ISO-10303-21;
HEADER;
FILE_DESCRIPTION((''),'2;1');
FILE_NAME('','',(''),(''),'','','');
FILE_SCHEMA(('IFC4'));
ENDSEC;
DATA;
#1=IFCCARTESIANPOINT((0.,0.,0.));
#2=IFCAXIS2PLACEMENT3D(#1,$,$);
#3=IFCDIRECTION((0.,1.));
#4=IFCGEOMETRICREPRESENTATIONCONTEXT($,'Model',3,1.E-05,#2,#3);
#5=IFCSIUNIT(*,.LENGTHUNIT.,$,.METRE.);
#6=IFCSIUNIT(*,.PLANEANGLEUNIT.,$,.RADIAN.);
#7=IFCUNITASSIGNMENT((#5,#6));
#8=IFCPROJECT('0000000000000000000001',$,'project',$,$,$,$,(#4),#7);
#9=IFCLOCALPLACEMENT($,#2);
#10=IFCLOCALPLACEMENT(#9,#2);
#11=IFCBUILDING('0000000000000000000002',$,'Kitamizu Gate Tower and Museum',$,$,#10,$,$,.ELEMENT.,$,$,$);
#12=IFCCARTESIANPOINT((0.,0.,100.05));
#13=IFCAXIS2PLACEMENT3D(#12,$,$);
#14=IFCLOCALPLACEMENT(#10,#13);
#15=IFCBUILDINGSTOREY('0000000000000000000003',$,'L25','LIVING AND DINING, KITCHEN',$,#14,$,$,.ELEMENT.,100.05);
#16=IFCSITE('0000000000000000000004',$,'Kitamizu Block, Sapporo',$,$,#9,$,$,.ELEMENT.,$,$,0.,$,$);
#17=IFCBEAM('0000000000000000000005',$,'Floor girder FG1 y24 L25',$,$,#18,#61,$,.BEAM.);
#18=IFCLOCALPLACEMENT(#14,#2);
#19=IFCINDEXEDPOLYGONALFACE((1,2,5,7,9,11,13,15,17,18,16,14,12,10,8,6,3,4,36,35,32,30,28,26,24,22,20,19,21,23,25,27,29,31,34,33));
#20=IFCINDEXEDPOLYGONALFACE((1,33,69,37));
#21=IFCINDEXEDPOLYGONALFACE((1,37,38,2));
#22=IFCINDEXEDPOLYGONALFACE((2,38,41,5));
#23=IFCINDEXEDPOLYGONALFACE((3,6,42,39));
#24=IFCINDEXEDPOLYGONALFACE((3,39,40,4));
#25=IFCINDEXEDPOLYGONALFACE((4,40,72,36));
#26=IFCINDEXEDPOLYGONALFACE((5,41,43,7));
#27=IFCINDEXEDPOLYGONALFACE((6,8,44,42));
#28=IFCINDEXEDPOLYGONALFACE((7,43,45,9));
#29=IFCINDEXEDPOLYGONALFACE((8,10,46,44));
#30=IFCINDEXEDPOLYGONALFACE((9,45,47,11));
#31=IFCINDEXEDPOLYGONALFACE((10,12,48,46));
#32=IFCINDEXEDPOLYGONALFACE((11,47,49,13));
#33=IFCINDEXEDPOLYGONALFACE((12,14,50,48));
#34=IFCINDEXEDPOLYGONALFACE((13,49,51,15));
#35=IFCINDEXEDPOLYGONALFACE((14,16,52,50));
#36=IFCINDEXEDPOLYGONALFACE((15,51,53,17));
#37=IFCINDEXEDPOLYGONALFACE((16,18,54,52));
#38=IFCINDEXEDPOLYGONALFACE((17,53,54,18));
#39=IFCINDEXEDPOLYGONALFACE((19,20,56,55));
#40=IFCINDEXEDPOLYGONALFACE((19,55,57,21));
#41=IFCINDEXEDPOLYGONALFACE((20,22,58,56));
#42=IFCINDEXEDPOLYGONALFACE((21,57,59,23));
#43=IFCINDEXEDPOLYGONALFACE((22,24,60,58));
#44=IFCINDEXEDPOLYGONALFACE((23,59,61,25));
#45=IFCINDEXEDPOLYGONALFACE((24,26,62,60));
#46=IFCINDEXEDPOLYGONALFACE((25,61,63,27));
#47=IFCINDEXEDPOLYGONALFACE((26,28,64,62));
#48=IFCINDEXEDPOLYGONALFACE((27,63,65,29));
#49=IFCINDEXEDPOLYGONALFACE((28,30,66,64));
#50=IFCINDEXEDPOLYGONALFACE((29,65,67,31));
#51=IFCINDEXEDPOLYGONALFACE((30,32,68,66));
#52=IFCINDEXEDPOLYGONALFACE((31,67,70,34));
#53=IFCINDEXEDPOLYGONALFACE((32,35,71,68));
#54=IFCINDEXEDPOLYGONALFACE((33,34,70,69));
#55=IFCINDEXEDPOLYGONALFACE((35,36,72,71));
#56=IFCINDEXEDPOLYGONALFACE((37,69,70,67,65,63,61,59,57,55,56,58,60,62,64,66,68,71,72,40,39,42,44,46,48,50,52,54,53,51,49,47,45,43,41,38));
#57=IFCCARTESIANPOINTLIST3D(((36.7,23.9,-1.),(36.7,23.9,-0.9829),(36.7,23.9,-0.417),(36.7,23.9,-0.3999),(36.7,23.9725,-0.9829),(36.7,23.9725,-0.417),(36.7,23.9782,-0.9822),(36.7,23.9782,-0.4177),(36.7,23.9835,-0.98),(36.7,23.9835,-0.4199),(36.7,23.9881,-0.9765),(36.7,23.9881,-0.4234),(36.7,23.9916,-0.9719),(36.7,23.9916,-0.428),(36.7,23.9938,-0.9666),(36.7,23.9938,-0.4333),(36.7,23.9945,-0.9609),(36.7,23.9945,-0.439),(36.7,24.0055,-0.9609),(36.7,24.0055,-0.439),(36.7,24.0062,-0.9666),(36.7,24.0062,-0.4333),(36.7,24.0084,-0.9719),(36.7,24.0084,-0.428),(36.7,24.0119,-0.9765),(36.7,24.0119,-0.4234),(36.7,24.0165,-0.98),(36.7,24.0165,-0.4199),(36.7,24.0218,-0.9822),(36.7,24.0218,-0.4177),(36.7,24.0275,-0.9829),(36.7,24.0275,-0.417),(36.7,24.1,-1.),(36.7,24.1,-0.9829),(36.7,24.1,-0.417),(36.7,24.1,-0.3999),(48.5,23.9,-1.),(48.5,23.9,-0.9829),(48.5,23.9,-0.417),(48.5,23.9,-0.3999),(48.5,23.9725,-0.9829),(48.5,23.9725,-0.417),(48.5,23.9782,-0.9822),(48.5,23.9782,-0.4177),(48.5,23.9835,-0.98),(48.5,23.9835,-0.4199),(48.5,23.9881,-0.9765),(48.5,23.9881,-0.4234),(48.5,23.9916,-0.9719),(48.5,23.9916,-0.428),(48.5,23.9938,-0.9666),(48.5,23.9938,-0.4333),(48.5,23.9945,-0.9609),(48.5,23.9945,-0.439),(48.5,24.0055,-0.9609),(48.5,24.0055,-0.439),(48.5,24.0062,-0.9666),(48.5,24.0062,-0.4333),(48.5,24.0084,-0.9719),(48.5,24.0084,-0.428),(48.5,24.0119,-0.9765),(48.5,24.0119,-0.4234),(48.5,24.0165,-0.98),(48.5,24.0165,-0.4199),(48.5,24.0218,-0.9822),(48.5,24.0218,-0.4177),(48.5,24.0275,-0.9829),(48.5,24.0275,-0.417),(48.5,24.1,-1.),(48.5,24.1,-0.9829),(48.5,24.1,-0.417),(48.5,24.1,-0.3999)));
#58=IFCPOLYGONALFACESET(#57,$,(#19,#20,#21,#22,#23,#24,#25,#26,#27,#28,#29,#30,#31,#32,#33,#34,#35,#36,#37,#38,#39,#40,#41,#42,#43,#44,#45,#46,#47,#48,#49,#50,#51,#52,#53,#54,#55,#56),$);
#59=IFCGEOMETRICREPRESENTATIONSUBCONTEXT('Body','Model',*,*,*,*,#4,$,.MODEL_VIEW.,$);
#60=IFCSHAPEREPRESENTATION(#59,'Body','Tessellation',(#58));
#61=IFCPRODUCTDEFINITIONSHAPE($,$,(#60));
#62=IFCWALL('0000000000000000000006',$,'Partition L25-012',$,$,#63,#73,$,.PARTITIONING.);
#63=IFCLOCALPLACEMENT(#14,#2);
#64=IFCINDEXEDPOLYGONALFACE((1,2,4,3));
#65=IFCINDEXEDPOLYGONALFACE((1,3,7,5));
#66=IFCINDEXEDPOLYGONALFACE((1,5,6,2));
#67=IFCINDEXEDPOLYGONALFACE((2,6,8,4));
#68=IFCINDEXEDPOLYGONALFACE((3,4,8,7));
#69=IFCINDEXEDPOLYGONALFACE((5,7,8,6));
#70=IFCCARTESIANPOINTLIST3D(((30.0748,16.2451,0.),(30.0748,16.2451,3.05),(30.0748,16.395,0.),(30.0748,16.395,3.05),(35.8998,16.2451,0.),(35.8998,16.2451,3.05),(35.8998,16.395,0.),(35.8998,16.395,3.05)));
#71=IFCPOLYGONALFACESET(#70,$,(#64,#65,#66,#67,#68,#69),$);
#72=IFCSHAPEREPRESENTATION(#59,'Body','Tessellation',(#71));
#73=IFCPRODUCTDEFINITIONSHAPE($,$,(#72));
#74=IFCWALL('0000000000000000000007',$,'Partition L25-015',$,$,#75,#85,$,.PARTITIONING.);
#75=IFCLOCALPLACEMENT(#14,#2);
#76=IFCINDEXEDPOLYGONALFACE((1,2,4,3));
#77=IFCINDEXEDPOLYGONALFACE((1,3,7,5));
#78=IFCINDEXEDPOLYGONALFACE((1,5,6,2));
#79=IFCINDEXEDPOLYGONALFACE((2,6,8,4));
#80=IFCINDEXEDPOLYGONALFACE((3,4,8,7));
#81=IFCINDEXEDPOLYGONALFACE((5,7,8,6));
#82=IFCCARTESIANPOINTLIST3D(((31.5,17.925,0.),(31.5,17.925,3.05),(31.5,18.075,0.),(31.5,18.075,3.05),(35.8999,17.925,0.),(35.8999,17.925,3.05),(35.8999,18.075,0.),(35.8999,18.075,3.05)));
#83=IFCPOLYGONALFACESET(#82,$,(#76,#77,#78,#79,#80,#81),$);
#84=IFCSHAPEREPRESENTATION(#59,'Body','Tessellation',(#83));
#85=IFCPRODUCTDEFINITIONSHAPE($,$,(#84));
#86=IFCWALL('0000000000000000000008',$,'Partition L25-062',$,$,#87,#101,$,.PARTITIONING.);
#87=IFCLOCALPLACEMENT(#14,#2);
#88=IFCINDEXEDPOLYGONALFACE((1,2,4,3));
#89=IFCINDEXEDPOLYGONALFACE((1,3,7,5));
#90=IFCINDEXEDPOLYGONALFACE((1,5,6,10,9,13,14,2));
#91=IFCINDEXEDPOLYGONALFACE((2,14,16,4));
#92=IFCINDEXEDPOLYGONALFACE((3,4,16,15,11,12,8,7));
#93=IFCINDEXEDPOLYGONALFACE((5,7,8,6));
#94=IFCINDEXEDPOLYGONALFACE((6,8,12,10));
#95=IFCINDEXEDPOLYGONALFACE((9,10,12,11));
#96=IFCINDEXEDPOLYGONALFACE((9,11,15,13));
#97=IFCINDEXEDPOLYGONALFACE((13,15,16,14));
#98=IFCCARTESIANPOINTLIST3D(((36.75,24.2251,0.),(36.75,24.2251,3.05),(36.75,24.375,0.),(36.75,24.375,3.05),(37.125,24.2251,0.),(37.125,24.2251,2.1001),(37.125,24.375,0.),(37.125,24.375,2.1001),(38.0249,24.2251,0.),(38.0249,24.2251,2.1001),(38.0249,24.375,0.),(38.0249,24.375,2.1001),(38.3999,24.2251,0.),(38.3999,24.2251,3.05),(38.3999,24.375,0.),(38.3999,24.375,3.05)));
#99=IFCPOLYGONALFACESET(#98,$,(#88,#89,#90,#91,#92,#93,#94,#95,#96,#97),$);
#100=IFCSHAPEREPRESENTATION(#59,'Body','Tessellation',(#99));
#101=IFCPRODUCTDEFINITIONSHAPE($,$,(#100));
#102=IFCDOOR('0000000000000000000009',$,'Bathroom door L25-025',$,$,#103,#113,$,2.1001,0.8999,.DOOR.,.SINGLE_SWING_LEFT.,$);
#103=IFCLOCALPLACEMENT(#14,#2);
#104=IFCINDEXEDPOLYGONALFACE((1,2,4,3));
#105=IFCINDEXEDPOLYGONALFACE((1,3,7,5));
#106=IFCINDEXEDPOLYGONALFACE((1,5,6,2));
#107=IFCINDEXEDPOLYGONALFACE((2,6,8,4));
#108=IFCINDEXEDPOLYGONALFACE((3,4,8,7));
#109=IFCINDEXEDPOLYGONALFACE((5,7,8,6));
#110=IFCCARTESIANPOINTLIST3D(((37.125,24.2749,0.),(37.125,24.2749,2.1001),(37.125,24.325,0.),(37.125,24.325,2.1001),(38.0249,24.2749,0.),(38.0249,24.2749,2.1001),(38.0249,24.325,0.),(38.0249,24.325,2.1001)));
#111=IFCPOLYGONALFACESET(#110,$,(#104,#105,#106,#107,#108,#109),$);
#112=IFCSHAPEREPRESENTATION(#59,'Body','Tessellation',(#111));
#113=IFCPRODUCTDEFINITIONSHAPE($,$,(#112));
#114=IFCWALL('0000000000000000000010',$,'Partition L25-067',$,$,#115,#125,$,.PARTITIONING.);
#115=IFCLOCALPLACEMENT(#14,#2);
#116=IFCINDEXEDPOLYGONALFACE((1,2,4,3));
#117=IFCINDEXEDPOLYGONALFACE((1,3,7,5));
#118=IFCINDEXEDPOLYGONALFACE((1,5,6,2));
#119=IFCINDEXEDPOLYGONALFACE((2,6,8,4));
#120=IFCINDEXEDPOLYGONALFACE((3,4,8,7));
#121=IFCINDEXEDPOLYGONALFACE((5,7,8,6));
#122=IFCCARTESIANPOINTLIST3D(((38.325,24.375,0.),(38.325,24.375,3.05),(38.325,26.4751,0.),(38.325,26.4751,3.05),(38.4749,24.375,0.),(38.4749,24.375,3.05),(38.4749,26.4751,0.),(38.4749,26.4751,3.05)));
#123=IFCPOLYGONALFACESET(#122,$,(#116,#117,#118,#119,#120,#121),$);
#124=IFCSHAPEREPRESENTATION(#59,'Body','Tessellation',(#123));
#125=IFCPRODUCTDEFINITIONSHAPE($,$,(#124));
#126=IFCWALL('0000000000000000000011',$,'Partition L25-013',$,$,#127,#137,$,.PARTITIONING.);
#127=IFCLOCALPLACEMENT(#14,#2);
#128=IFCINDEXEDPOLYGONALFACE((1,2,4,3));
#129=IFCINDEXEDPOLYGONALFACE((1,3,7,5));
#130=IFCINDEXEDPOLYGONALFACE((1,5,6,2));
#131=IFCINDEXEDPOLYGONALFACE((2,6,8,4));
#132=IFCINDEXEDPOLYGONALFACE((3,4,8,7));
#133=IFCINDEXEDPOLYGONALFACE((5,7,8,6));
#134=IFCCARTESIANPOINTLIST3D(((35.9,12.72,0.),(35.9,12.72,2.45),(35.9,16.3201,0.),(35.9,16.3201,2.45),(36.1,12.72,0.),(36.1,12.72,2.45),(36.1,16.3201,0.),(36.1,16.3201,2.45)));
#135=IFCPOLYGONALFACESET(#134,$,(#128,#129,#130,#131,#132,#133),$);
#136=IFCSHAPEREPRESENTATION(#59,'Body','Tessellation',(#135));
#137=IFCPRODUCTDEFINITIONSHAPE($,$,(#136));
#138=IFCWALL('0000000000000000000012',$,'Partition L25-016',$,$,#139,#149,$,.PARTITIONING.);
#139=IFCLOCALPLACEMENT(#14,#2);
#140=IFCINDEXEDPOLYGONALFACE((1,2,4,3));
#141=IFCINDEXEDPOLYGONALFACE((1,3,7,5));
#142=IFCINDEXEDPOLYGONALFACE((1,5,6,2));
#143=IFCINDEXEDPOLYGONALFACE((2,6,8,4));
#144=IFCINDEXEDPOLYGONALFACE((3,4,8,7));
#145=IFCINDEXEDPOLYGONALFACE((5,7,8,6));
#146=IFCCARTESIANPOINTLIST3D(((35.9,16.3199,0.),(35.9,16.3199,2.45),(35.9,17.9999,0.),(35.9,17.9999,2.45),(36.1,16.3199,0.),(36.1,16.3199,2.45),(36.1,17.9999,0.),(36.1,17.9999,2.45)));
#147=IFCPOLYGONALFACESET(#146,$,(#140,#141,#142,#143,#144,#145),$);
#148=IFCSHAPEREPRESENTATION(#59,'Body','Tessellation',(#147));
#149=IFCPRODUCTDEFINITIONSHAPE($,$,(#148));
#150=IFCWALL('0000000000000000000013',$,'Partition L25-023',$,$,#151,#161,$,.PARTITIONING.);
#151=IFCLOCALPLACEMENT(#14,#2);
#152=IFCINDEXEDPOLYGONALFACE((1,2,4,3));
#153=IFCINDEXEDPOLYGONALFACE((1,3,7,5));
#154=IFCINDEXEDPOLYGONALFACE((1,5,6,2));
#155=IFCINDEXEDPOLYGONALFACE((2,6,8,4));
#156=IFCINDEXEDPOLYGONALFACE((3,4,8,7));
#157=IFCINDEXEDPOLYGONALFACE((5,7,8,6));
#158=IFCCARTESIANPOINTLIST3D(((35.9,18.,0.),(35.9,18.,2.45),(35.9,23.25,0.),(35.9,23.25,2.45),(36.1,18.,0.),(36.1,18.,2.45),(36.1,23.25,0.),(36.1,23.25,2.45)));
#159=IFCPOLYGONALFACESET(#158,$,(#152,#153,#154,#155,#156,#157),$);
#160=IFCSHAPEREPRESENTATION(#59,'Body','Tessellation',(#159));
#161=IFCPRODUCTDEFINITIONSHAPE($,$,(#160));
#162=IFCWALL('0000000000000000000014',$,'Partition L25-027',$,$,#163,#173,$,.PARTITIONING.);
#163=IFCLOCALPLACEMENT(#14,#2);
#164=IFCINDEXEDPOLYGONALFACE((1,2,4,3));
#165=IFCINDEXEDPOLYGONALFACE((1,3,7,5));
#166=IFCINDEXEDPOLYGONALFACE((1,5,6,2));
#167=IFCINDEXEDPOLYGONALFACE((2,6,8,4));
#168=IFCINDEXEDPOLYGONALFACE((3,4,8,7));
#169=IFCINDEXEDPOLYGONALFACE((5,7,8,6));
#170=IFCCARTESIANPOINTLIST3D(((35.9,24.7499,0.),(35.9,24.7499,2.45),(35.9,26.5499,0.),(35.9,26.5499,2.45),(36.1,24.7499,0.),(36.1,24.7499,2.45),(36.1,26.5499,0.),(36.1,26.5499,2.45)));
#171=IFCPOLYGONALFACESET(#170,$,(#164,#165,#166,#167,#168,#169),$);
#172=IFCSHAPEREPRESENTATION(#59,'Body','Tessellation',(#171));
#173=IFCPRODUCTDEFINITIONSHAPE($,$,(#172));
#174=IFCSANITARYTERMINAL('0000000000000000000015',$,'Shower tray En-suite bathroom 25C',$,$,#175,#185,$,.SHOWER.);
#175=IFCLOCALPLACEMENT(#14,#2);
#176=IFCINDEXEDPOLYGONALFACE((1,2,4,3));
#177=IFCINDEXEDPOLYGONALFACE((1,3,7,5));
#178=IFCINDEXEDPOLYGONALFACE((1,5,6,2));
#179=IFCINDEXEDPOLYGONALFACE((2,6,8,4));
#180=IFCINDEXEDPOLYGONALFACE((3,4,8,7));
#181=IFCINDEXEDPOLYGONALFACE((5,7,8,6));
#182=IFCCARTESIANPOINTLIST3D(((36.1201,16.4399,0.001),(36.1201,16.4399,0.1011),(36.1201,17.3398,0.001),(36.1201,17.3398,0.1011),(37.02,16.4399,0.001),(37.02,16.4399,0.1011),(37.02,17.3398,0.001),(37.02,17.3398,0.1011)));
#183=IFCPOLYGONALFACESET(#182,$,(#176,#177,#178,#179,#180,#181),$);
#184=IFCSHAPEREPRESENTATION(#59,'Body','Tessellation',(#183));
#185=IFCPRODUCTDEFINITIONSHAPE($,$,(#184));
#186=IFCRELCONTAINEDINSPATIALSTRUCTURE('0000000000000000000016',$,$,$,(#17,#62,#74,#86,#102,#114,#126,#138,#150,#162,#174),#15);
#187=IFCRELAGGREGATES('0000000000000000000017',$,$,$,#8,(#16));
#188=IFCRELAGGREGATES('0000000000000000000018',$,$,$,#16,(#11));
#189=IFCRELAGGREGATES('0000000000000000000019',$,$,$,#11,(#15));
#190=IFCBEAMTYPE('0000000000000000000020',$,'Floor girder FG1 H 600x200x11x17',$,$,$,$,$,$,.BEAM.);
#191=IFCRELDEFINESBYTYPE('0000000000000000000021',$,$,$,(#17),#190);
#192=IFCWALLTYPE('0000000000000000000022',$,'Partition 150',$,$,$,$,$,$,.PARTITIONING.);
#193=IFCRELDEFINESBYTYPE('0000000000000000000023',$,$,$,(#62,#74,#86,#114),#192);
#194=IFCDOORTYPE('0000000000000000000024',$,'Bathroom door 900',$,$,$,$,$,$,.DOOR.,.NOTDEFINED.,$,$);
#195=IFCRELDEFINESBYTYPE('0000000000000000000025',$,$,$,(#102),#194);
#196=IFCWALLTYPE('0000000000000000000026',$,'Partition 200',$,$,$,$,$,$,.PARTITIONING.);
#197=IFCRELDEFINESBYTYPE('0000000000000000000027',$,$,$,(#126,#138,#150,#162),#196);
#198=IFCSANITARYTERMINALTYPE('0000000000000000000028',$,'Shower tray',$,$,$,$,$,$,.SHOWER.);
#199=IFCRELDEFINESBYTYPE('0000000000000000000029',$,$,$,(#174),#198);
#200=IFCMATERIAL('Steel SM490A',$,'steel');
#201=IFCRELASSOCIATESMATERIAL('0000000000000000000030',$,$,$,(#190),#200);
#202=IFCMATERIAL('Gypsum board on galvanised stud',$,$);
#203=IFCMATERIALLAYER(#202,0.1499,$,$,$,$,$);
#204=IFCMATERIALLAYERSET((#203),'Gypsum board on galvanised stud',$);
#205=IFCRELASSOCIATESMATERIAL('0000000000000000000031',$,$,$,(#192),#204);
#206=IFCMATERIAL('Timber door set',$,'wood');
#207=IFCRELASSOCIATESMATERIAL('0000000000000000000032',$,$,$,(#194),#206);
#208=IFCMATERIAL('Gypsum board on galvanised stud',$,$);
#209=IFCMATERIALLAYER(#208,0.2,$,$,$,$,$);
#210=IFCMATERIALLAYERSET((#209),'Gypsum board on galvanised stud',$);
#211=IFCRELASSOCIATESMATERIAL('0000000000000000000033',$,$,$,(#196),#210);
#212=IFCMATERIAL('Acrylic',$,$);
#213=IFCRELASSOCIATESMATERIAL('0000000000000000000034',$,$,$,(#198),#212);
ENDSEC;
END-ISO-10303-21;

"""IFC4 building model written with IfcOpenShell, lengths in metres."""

from ifc_helpers import new_model, si_unit, direction, frame, frame_2d, origin, origin_2d, place, context, subcontext, project, spatial, rectangle, i_section, extrude, material, layer, layer_set, material_profile, profile_set, type_object, element, fill, save


model = new_model("IFC4")

# Units and contexts
model_context = context("Model", 3, precision=1e-05, world=origin(), true_north=direction((0.0, 1.0)))
body_context = subcontext(model_context, "Body", "Model", "MODEL_VIEW")
ifc_project = project(units=[si_unit("LENGTHUNIT", "METRE"), si_unit("PLANEANGLEUNIT", "RADIAN")], contexts=[model_context])

# Site, building, storey
site_placement = place(None, origin())
site = spatial("IfcSite", under=ifc_project, at=site_placement, Name="Kitamizu Block, Sapporo", CompositionType="ELEMENT", RefElevation=0.0)
building_placement = place(site_placement, origin())
building = spatial("IfcBuilding", under=site, at=building_placement, Name="Kitamizu Gate Tower and Museum", CompositionType="ELEMENT")
storey_placement = place(building_placement, frame((0.0, 0.0, 100.05)))
storey = spatial("IfcBuildingStorey", under=building, at=storey_placement, Name="L25", Description="LIVING AND DINING, KITCHEN", CompositionType="ELEMENT", Elevation=100.05)

# Beam
ifc_material_1 = material(Name="Steel SM490A", Category="steel")
ifc_material_profile_1 = material_profile(ifc_material_1, i_section(OverallWidth=0.2, OverallDepth=0.6001, WebThickness=0.011, FlangeThickness=0.0171, FilletRadius=0.022, at=origin_2d()), Name="H-600x200x11x17")
ifc_profile_set_1 = profile_set([ifc_material_profile_1], Name="Steel SM490A")
beam_type_1 = type_object("IfcBeamType", Name="Floor girder FG1 H 600x200x11x17", PredefinedType="BEAM", material=ifc_profile_set_1)
beam_1_placement = place(storey_placement, frame((36.7, 24.0, -0.7), z_axis=(1.0, 0.0, 0.0), x_axis=(0.0, 1.0, 0.0)))
element("IfcBeam", 1, at=beam_1_placement, inside=storey, type_object=beam_type_1, Name="Floor girder FG1 y24 L25", PredefinedType="BEAM", context=body_context, shape_type="SweptSolid", body=[
    extrude(i_section(OverallWidth=0.2, OverallDepth=0.6001, WebThickness=0.011, FlangeThickness=0.0171, FilletRadius=0.022, at=origin_2d()), origin(), (0.0, 0.0, 1.0), 11.8),
])

# Walls
ifc_material_2 = material(Name="Gypsum board on galvanised stud")
ifc_layer_1 = layer(ifc_material_2, 0.1499)
ifc_layer_set_1 = layer_set([ifc_layer_1], Name="Gypsum board on galvanised stud")
wall_type_1 = type_object("IfcWallType", Name="Partition 150", PredefinedType="PARTITIONING", material=ifc_layer_set_1)
wall_1_placement = place(storey_placement, frame((35.8999, 16.3201, 0.0), z_axis=(0.0, 0.0, 1.0), x_axis=(-1.0, 0.0, 0.0)))
element("IfcWall", 2, at=wall_1_placement, inside=storey, type_object=wall_type_1, Name="Partition L25-012", PredefinedType="PARTITIONING", context=body_context, shape_type="SweptSolid", body=[
    extrude(rectangle(XDim=5.825, YDim=0.1499, at=frame_2d((2.9126, 0.0))), origin(), (0.0, 0.0, 1.0), 3.05),
])
wall_2_placement = place(storey_placement, frame((35.8999, 18.0, 0.0), z_axis=(0.0, 0.0, 1.0), x_axis=(-1.0, 0.0, 0.0)))
element("IfcWall", 3, at=wall_2_placement, inside=storey, type_object=wall_type_1, Name="Partition L25-015", PredefinedType="PARTITIONING", context=body_context, shape_type="SweptSolid", body=[
    extrude(rectangle(XDim=4.3999, YDim=0.1499, at=frame_2d((2.2, 0.0))), origin(), (0.0, 0.0, 1.0), 3.05),
])

# Wall, opening, door
wall_3_placement = place(storey_placement, frame((38.3999, 24.3, 0.0), z_axis=(0.0, 0.0, 1.0), x_axis=(-1.0, 0.0, 0.0)))
wall_3 = element("IfcWall", 4, at=wall_3_placement, inside=storey, type_object=wall_type_1, Name="Partition L25-062", PredefinedType="PARTITIONING", context=body_context, shape_type="SweptSolid", body=[
    extrude(rectangle(XDim=1.6499, YDim=0.1499, at=frame_2d((0.825, 0.0))), origin(), (0.0, 0.0, 1.0), 3.05),
])
opening_placement = place(wall_3_placement, frame((0.375, 0.0, 0.0)))
opening = element("IfcOpeningElement", 5, at=opening_placement, cuts=wall_3, PredefinedType="OPENING", context=body_context, shape_type="SweptSolid", body=[
    extrude(rectangle(XDim=0.8999, YDim=2.1001, at=frame_2d((0.45, 1.05))), frame((0.0, 0.085, 0.0), z_axis=(0.0, -1.0, 0.0), x_axis=(1.0, 0.0, 0.0)), (0.0, 0.0, 1.0), 0.1699),
])
ifc_material_3 = material(Name="Timber door set", Category="wood")
door_type = type_object("IfcDoorType", Name="Bathroom door 900", OperationType="NOTDEFINED", PredefinedType="DOOR", material=ifc_material_3)
door_placement = place(opening_placement, frame((0.8999, 0.0, 0.0), x_axis=(-1.0, 0.0, 0.0)))
door = element("IfcDoor", 6, at=door_placement, inside=storey, type_object=door_type, Name="Bathroom door L25-025", OperationType="SINGLE_SWING_LEFT", OverallHeight=2.1001, OverallWidth=0.8999, PredefinedType="DOOR", context=body_context, shape_type="SweptSolid", body=[
    extrude(rectangle(XDim=0.8999, YDim=2.1001, at=frame_2d((0.45, 1.05))), frame((0.0, 0.0249, 0.0), z_axis=(0.0, -1.0, 0.0), x_axis=(1.0, 0.0, 0.0)), (0.0, 0.0, 1.0), 0.05),
])
fill(opening, door)

# Walls
wall_4_placement = place(storey_placement, frame((38.3999, 24.375, 0.0), z_axis=(0.0, 0.0, 1.0), x_axis=(0.0, 1.0, 0.0)))
element("IfcWall", 7, at=wall_4_placement, inside=storey, type_object=wall_type_1, Name="Partition L25-067", PredefinedType="PARTITIONING", context=body_context, shape_type="SweptSolid", body=[
    extrude(rectangle(XDim=2.1001, YDim=0.1499, at=frame_2d((1.05, 0.0))), origin(), (0.0, 0.0, 1.0), 3.05),
])
ifc_material_4 = material(Name="Gypsum board on galvanised stud")
ifc_layer_2 = layer(ifc_material_4, 0.2)
ifc_layer_set_2 = layer_set([ifc_layer_2], Name="Gypsum board on galvanised stud")
wall_type_2 = type_object("IfcWallType", Name="Partition 200", PredefinedType="PARTITIONING", material=ifc_layer_set_2)
wall_5_placement = place(storey_placement, frame((36.0, 12.72, 0.0), z_axis=(0.0, 0.0, 1.0), x_axis=(0.0, 1.0, 0.0)))
element("IfcWall", 8, at=wall_5_placement, inside=storey, type_object=wall_type_2, Name="Partition L25-013", PredefinedType="PARTITIONING", context=body_context, shape_type="SweptSolid", body=[
    extrude(rectangle(XDim=3.6001, YDim=0.2, at=frame_2d((1.8, 0.0))), origin(), (0.0, 0.0, 1.0), 2.45),
])
wall_6_placement = place(storey_placement, frame((36.0, 16.3201, 0.0), z_axis=(0.0, 0.0, 1.0), x_axis=(0.0, 1.0, 0.0)))
element("IfcWall", 9, at=wall_6_placement, inside=storey, type_object=wall_type_2, Name="Partition L25-016", PredefinedType="PARTITIONING", context=body_context, shape_type="SweptSolid", body=[
    extrude(rectangle(XDim=1.6799, YDim=0.2, at=frame_2d((0.8398, 0.0))), origin(), (0.0, 0.0, 1.0), 2.45),
])
wall_7_placement = place(storey_placement, frame((36.0, 18.0, 0.0), z_axis=(0.0, 0.0, 1.0), x_axis=(0.0, 1.0, 0.0)))
element("IfcWall", 10, at=wall_7_placement, inside=storey, type_object=wall_type_2, Name="Partition L25-023", PredefinedType="PARTITIONING", context=body_context, shape_type="SweptSolid", body=[
    extrude(rectangle(XDim=5.25, YDim=0.2, at=frame_2d((2.625, 0.0))), origin(), (0.0, 0.0, 1.0), 2.45),
])
wall_8_placement = place(storey_placement, frame((36.0, 24.75, 0.0), z_axis=(0.0, 0.0, 1.0), x_axis=(0.0, 1.0, 0.0)))
element("IfcWall", 11, at=wall_8_placement, inside=storey, type_object=wall_type_2, Name="Partition L25-027", PredefinedType="PARTITIONING", context=body_context, shape_type="SweptSolid", body=[
    extrude(rectangle(XDim=1.8, YDim=0.2, at=frame_2d((0.8999, 0.0))), origin(), (0.0, 0.0, 1.0), 2.45),
])

# Sanitary terminal
ifc_material_5 = material(Name="Acrylic")
sanitary_terminal_type_1 = type_object("IfcSanitaryTerminalType", Name="Shower tray", PredefinedType="SHOWER", material=ifc_material_5)
sanitary_terminal_1_placement = place(storey_placement, frame((36.5701, 16.8899, 0.001), z_axis=(0.0, 0.0, 1.0), x_axis=(1.0, 0.0, 0.0)))
element("IfcSanitaryTerminal", 12, at=sanitary_terminal_1_placement, inside=storey, type_object=sanitary_terminal_type_1, Name="Shower tray En-suite bathroom 25C", PredefinedType="SHOWER", context=body_context, shape_type="SweptSolid", body=[
    extrude(rectangle(XDim=0.8999, YDim=0.8999, at=origin_2d()), origin(), (0.0, 0.0, 1.0), 0.1001),
])

save(model, "model.ifc")
